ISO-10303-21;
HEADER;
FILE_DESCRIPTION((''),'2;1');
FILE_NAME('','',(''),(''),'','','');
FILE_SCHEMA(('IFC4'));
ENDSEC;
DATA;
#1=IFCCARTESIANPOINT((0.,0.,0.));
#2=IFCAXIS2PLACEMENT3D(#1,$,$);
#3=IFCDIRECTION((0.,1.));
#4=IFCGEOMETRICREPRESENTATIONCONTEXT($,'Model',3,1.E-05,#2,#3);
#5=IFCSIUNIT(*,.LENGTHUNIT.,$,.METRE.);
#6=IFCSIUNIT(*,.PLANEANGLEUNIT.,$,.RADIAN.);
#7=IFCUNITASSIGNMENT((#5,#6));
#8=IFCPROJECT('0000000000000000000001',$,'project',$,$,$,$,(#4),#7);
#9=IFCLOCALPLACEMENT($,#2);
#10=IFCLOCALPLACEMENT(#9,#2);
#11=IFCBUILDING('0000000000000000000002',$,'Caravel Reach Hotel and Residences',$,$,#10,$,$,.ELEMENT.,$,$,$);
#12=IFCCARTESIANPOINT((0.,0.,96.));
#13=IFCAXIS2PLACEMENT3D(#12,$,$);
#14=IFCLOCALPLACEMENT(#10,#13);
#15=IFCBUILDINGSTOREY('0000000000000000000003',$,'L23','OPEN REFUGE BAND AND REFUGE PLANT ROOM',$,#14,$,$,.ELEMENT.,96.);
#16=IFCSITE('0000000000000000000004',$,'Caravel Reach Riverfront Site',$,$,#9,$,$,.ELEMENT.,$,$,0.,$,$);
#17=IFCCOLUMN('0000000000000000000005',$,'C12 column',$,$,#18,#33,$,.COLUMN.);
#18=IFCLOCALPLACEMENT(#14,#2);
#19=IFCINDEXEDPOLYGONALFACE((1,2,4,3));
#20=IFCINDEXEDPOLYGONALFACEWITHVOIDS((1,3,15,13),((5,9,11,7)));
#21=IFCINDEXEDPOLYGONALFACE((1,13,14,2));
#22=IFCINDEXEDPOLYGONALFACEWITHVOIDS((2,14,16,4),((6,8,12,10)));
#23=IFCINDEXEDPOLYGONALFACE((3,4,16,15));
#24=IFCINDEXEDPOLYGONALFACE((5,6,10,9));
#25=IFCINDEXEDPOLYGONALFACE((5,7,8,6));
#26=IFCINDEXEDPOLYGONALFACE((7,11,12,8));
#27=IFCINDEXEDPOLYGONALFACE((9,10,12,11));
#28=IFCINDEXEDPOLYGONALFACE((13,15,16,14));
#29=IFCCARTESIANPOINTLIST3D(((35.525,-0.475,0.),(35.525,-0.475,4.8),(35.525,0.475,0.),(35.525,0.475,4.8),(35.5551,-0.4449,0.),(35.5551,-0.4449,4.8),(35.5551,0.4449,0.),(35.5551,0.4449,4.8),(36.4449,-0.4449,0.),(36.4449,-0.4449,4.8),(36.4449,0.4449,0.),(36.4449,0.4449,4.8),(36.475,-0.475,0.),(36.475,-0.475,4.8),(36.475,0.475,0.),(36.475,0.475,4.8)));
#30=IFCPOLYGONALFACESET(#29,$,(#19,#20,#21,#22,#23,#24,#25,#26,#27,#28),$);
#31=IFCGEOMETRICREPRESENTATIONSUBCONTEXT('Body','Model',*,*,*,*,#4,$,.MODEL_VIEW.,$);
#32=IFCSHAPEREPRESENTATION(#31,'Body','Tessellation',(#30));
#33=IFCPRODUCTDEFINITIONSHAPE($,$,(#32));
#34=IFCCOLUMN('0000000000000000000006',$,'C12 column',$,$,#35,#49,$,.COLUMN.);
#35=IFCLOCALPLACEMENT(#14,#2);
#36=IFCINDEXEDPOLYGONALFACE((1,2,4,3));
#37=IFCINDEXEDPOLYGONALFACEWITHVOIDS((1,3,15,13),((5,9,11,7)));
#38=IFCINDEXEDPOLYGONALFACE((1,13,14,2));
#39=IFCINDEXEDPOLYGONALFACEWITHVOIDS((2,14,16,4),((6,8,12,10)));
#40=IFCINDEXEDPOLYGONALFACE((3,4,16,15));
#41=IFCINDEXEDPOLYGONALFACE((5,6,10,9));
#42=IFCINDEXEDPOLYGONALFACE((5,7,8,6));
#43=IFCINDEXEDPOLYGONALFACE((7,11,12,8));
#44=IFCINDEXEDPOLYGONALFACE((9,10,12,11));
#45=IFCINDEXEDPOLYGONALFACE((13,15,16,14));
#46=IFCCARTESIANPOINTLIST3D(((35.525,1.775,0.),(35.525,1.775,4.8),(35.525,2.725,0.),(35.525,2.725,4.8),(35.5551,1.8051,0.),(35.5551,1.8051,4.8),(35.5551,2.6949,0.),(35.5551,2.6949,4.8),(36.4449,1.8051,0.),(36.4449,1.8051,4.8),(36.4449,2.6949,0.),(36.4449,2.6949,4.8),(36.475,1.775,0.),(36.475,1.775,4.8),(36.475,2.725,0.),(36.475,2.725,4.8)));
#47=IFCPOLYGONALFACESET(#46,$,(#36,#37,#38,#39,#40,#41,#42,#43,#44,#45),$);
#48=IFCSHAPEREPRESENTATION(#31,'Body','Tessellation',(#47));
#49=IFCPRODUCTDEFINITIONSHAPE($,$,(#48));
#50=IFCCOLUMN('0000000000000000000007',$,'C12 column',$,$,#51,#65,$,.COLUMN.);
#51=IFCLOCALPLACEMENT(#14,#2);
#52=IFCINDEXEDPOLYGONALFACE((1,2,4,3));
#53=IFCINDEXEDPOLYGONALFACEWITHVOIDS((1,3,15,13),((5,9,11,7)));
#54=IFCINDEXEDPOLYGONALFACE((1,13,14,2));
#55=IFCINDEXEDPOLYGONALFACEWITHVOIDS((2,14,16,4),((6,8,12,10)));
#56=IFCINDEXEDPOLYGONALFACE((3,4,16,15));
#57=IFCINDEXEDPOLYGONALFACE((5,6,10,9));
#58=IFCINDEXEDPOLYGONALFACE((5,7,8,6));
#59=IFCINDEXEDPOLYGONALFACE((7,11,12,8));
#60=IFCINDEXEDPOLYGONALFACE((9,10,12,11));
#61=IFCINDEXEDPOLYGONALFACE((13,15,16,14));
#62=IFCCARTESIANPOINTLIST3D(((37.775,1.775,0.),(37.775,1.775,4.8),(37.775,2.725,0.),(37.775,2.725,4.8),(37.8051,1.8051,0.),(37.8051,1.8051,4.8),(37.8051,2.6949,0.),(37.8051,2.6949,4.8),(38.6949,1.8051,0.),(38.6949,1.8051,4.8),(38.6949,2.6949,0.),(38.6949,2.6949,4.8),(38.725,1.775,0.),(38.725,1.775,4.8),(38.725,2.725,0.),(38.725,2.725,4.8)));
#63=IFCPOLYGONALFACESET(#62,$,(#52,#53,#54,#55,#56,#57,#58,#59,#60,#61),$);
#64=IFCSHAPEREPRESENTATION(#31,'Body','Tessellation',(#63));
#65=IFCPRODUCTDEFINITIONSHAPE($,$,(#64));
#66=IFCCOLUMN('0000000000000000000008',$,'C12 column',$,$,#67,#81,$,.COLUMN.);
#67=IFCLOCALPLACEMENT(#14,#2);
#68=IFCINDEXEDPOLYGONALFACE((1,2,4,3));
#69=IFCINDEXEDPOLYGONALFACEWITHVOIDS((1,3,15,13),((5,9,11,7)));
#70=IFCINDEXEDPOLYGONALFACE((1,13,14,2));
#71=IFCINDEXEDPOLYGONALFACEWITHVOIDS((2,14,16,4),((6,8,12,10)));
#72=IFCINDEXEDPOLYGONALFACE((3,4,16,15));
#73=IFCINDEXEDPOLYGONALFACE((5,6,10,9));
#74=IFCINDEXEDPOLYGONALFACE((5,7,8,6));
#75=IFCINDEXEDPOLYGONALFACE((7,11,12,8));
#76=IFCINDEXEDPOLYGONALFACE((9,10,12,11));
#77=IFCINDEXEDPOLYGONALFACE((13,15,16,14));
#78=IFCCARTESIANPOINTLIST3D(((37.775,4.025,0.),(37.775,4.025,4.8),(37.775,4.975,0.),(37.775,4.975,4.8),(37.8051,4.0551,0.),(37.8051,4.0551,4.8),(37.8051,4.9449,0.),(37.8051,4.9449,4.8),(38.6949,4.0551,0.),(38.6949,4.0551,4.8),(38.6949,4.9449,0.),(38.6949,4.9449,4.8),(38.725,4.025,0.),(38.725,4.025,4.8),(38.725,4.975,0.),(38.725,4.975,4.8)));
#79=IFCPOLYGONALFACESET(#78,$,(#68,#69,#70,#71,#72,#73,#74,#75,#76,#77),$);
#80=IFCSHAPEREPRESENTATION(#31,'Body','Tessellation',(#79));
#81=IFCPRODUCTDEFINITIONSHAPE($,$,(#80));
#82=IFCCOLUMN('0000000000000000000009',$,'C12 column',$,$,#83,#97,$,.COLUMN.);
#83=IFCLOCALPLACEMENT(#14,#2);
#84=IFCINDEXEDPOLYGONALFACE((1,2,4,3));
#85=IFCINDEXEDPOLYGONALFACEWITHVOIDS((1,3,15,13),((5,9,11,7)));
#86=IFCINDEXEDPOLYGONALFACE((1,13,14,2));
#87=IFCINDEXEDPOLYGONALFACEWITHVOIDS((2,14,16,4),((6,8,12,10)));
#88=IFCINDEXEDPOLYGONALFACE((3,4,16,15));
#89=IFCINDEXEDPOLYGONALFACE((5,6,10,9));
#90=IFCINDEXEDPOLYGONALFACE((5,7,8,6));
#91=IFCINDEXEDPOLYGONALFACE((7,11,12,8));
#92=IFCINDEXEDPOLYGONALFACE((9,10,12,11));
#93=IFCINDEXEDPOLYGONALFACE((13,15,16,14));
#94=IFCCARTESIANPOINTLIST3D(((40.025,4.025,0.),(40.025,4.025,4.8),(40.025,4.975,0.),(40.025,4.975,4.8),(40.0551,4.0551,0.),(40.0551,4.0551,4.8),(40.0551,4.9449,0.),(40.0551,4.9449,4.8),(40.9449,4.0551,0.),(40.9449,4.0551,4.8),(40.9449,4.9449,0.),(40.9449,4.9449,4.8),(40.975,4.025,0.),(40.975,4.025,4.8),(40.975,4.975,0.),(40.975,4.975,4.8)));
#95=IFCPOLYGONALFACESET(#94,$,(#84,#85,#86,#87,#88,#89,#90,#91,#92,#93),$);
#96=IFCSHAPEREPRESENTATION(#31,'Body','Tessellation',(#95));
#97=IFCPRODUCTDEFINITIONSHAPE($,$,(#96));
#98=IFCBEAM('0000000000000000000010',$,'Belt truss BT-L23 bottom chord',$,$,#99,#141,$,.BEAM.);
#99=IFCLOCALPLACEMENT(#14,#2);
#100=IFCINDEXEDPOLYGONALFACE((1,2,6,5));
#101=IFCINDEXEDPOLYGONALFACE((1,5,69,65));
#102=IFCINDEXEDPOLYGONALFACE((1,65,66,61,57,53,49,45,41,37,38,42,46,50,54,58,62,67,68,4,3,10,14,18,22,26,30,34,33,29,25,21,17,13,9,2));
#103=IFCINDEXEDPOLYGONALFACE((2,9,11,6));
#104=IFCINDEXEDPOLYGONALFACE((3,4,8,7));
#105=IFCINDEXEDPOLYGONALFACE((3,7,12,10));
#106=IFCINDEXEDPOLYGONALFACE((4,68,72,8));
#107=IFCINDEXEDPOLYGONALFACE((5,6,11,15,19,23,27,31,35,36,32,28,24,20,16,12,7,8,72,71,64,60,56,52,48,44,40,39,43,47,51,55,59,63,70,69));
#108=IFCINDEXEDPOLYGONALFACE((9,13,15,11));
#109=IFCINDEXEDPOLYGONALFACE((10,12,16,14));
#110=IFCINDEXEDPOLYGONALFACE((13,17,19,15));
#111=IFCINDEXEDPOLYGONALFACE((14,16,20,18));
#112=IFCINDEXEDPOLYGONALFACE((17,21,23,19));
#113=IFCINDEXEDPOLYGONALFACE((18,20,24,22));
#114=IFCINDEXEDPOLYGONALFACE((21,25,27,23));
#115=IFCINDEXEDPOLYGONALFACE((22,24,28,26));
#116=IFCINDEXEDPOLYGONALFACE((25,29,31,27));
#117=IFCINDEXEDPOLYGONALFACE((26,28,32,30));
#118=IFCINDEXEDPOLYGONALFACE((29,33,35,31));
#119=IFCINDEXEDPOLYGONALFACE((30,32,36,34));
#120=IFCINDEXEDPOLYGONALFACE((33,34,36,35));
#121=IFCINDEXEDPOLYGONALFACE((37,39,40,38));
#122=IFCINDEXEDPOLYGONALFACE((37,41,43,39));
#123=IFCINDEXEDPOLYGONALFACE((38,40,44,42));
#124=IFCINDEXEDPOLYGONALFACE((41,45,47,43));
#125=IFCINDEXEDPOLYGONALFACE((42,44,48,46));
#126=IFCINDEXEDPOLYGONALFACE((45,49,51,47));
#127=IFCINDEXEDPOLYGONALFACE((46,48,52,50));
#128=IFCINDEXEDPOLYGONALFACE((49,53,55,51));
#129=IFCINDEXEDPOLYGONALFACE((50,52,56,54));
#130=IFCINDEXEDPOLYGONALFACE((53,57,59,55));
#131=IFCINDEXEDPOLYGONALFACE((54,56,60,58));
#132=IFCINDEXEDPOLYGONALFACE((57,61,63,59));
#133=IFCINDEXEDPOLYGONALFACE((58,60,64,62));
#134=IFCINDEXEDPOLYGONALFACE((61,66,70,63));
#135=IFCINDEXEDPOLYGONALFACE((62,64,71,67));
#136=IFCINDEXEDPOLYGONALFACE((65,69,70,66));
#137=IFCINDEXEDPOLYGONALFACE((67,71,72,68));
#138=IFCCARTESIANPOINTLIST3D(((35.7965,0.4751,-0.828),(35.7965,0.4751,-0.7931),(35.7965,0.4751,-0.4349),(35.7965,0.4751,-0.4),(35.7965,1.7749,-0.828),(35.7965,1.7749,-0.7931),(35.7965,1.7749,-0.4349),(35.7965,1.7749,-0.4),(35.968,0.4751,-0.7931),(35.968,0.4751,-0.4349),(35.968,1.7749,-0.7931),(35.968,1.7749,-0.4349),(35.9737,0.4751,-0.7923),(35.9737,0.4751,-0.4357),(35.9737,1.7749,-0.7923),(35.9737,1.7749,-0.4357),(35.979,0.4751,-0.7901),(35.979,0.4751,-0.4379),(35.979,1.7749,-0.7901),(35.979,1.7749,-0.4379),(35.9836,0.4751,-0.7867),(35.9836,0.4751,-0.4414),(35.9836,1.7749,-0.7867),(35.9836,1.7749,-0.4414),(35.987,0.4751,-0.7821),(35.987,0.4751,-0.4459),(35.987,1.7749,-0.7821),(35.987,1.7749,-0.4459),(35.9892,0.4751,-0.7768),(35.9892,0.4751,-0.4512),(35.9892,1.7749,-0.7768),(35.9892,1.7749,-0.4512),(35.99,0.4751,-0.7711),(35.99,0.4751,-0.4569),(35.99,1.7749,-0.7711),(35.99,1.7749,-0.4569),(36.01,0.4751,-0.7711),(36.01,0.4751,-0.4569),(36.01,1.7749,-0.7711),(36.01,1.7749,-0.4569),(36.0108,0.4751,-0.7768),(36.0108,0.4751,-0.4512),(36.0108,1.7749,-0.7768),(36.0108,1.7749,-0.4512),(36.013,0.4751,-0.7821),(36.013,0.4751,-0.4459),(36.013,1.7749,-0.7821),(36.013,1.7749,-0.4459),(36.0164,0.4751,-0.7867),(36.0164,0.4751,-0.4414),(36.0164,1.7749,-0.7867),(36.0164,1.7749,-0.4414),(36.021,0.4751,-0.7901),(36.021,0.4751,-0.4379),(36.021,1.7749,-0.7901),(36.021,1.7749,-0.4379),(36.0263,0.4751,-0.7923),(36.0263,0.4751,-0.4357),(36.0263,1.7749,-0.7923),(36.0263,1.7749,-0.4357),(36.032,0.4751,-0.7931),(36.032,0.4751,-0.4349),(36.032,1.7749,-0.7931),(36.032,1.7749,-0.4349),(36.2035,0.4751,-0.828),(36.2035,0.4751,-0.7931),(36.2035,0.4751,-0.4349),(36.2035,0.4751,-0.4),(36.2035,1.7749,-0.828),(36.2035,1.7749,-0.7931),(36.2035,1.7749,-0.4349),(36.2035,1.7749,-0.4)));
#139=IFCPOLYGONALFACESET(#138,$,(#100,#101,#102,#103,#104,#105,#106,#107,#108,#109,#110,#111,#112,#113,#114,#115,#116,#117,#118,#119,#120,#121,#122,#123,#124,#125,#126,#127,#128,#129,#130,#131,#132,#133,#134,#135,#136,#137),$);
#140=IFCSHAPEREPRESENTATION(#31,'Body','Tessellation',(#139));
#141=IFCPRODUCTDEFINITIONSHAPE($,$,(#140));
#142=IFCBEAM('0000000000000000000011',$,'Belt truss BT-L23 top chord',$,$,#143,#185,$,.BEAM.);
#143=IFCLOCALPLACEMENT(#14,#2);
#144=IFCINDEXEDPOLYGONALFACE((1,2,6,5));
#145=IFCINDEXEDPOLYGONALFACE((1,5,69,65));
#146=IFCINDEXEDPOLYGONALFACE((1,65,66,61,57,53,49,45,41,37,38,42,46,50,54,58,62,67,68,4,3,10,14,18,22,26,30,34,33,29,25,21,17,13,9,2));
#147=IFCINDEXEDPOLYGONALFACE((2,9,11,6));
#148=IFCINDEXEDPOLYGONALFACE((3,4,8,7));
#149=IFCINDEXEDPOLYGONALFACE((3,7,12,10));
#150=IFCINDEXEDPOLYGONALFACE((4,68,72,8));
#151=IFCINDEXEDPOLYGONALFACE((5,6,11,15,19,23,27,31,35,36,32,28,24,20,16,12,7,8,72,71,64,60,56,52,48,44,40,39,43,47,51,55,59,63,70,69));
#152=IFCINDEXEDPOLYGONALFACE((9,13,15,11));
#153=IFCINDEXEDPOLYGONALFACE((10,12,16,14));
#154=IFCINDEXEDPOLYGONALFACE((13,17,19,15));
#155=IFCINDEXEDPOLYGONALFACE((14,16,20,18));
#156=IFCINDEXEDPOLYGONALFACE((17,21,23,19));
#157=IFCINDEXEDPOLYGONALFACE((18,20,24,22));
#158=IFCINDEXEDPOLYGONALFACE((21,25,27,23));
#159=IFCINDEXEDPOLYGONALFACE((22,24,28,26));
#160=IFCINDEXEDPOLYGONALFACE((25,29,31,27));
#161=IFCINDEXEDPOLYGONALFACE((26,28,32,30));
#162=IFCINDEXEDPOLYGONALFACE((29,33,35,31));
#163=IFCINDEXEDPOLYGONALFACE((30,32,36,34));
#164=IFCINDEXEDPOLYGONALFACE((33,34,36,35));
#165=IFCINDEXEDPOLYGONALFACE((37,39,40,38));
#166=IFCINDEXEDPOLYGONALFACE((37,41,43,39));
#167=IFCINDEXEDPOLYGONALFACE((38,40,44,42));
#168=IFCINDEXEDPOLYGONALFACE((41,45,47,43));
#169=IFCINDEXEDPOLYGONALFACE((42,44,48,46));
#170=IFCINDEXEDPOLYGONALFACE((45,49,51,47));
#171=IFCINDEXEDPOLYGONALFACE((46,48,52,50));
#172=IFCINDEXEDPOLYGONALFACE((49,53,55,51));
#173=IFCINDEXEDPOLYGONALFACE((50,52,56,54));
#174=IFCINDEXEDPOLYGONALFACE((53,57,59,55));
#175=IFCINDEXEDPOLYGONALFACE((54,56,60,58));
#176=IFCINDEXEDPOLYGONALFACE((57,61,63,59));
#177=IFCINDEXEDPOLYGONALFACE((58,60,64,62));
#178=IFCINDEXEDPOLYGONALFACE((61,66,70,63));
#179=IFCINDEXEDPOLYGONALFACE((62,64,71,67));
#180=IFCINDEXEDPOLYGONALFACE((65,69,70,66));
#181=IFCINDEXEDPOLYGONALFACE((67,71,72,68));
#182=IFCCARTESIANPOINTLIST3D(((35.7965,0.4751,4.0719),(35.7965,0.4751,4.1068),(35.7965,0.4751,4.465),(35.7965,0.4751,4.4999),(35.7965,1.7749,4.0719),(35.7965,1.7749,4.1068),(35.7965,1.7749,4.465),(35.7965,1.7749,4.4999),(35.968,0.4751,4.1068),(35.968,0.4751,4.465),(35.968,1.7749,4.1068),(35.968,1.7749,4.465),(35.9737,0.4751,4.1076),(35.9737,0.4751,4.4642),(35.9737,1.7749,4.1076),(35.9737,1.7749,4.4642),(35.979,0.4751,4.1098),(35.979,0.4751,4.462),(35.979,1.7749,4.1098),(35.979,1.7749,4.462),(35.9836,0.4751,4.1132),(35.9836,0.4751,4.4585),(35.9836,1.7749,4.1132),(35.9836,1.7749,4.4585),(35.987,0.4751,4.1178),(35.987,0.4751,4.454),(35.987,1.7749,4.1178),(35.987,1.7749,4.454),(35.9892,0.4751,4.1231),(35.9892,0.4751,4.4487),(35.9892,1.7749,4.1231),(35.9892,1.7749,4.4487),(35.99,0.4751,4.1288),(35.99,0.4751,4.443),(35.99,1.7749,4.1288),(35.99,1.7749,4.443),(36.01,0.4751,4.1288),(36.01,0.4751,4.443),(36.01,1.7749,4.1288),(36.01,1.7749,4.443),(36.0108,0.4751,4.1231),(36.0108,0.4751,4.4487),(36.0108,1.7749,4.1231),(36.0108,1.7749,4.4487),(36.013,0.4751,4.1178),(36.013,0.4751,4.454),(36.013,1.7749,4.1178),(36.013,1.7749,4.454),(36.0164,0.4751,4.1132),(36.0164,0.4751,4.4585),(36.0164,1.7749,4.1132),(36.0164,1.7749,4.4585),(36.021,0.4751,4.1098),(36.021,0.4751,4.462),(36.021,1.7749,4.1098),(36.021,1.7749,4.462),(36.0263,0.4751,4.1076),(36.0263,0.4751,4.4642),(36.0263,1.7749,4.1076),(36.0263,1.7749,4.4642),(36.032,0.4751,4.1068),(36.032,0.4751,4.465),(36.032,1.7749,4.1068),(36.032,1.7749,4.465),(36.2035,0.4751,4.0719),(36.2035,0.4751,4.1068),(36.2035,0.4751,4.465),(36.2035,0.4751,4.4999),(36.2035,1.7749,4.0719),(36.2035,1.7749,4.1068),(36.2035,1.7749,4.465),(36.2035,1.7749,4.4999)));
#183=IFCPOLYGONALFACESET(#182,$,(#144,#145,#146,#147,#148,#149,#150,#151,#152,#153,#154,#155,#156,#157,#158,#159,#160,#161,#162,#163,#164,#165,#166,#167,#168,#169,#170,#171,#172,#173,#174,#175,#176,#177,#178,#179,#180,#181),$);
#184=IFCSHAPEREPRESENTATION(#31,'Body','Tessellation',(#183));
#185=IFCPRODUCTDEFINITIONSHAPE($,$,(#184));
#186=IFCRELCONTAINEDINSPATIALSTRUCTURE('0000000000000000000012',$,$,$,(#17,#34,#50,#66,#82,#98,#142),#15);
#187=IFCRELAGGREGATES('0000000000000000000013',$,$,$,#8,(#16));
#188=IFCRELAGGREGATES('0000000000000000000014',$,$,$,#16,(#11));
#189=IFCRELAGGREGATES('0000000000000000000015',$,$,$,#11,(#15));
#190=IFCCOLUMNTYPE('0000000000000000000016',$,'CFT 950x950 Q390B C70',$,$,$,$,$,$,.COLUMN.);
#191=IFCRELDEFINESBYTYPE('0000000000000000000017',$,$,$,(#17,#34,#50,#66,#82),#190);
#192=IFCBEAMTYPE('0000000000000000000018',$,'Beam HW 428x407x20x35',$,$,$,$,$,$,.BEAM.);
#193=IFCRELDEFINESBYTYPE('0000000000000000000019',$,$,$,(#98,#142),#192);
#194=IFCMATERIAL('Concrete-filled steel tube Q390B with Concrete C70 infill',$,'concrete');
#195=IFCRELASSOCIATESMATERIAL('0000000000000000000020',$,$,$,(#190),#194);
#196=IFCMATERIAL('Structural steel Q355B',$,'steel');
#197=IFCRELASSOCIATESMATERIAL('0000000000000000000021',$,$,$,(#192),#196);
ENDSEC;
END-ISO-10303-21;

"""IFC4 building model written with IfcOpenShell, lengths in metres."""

from ifc_helpers import new_model, si_unit, direction, frame, origin, origin_2d, place, context, subcontext, project, spatial, hollow_rectangle, i_section, extrude, material, material_profile, profile_set, type_object, element, save


model = new_model("IFC4")

# Units and contexts
model_context = context("Model", 3, precision=1e-05, world=origin(), true_north=direction((0.0, 1.0)))
body_context = subcontext(model_context, "Body", "Model", "MODEL_VIEW")
ifc_project = project(units=[si_unit("LENGTHUNIT", "METRE"), si_unit("PLANEANGLEUNIT", "RADIAN")], contexts=[model_context])

# Site, building, storey
site_placement = place(None, origin())
site = spatial("IfcSite", under=ifc_project, at=site_placement, Name="Caravel Reach Riverfront Site", CompositionType="ELEMENT", RefElevation=0.0)
building_placement = place(site_placement, origin())
building = spatial("IfcBuilding", under=site, at=building_placement, Name="Caravel Reach Hotel and Residences", CompositionType="ELEMENT")
storey_placement = place(building_placement, frame((0.0, 0.0, 96.0)))
storey = spatial("IfcBuildingStorey", under=building, at=storey_placement, Name="L23", Description="OPEN REFUGE BAND AND REFUGE PLANT ROOM", CompositionType="ELEMENT", Elevation=96.0)

# Columns
ifc_material_1 = material(Name="Concrete-filled steel tube Q390B with Concrete C70 infill", Category="concrete")
ifc_material_profile_1 = material_profile(ifc_material_1, hollow_rectangle(XDim=0.95, YDim=0.95, WallThickness=0.03, at=origin_2d()), Name="RHS 950x950x30")
ifc_profile_set_1 = profile_set([ifc_material_profile_1], Name="Concrete-filled steel tube Q390B with Concrete C70 infill")
column_type = type_object("IfcColumnType", Name="CFT 950x950 Q390B C70", PredefinedType="COLUMN", material=ifc_profile_set_1)
for number, where, z_axis, x_axis, name in (
    (1, (36.0, 0.0, 0.0), (0.0, 0.0, 1.0), (1.0, 0.0, 0.0), "C12 column"),
    (2, (36.0, 2.25, 0.0), (0.0, 0.0, 1.0), (1.0, 0.0, 0.0), "C12 column"),
    (3, (38.25, 2.25, 0.0), (0.0, 0.0, 1.0), (1.0, 0.0, 0.0), "C12 column"),
    (4, (38.25, 4.5, 0.0), (0.0, 0.0, 1.0), (1.0, 0.0, 0.0), "C12 column"),
    (5, (40.5, 4.5, 0.0), (0.0, 0.0, 1.0), (1.0, 0.0, 0.0), "C12 column"),
):
    element("IfcColumn", number, at=place(storey_placement, frame(where, z_axis=z_axis, x_axis=x_axis)), inside=storey, type_object=column_type, Name=name, PredefinedType="COLUMN", context=body_context, shape_type="SweptSolid", body=[
        extrude(hollow_rectangle(XDim=0.95, YDim=0.95, WallThickness=0.03, at=origin_2d()), origin(), (0.0, 0.0, 1.0), 4.8),
    ])

# Beams
ifc_material_2 = material(Name="Structural steel Q355B", Category="steel")
ifc_material_profile_2 = material_profile(ifc_material_2, i_section(OverallWidth=0.407, OverallDepth=0.428, WebThickness=0.02, FlangeThickness=0.0349, FilletRadius=0.022, at=origin_2d()), Name="HW 428x407x20x35")
ifc_profile_set_2 = profile_set([ifc_material_profile_2], Name="Structural steel Q355B")
beam_type = type_object("IfcBeamType", Name="Beam HW 428x407x20x35", PredefinedType="BEAM", material=ifc_profile_set_2)
for number, where, z_axis, x_axis, name in (
    (6, (36.0, 0.4751, -0.614), (0.0, 1.0, 0.0), (-1.0, 0.0, 0.0), "Belt truss BT-L23 bottom chord"),
    (7, (36.0, 0.4751, 4.2859), (0.0, 1.0, 0.0), (-1.0, 0.0, 0.0), "Belt truss BT-L23 top chord"),
):
    element("IfcBeam", number, at=place(storey_placement, frame(where, z_axis=z_axis, x_axis=x_axis)), inside=storey, type_object=beam_type, Name=name, PredefinedType="BEAM", context=body_context, shape_type="SweptSolid", body=[
        extrude(i_section(OverallWidth=0.407, OverallDepth=0.428, WebThickness=0.02, FlangeThickness=0.0349, FilletRadius=0.022, at=origin_2d()), origin(), (0.0, 0.0, 1.0), 1.2998),
    ])

save(model, "model.ifc")
